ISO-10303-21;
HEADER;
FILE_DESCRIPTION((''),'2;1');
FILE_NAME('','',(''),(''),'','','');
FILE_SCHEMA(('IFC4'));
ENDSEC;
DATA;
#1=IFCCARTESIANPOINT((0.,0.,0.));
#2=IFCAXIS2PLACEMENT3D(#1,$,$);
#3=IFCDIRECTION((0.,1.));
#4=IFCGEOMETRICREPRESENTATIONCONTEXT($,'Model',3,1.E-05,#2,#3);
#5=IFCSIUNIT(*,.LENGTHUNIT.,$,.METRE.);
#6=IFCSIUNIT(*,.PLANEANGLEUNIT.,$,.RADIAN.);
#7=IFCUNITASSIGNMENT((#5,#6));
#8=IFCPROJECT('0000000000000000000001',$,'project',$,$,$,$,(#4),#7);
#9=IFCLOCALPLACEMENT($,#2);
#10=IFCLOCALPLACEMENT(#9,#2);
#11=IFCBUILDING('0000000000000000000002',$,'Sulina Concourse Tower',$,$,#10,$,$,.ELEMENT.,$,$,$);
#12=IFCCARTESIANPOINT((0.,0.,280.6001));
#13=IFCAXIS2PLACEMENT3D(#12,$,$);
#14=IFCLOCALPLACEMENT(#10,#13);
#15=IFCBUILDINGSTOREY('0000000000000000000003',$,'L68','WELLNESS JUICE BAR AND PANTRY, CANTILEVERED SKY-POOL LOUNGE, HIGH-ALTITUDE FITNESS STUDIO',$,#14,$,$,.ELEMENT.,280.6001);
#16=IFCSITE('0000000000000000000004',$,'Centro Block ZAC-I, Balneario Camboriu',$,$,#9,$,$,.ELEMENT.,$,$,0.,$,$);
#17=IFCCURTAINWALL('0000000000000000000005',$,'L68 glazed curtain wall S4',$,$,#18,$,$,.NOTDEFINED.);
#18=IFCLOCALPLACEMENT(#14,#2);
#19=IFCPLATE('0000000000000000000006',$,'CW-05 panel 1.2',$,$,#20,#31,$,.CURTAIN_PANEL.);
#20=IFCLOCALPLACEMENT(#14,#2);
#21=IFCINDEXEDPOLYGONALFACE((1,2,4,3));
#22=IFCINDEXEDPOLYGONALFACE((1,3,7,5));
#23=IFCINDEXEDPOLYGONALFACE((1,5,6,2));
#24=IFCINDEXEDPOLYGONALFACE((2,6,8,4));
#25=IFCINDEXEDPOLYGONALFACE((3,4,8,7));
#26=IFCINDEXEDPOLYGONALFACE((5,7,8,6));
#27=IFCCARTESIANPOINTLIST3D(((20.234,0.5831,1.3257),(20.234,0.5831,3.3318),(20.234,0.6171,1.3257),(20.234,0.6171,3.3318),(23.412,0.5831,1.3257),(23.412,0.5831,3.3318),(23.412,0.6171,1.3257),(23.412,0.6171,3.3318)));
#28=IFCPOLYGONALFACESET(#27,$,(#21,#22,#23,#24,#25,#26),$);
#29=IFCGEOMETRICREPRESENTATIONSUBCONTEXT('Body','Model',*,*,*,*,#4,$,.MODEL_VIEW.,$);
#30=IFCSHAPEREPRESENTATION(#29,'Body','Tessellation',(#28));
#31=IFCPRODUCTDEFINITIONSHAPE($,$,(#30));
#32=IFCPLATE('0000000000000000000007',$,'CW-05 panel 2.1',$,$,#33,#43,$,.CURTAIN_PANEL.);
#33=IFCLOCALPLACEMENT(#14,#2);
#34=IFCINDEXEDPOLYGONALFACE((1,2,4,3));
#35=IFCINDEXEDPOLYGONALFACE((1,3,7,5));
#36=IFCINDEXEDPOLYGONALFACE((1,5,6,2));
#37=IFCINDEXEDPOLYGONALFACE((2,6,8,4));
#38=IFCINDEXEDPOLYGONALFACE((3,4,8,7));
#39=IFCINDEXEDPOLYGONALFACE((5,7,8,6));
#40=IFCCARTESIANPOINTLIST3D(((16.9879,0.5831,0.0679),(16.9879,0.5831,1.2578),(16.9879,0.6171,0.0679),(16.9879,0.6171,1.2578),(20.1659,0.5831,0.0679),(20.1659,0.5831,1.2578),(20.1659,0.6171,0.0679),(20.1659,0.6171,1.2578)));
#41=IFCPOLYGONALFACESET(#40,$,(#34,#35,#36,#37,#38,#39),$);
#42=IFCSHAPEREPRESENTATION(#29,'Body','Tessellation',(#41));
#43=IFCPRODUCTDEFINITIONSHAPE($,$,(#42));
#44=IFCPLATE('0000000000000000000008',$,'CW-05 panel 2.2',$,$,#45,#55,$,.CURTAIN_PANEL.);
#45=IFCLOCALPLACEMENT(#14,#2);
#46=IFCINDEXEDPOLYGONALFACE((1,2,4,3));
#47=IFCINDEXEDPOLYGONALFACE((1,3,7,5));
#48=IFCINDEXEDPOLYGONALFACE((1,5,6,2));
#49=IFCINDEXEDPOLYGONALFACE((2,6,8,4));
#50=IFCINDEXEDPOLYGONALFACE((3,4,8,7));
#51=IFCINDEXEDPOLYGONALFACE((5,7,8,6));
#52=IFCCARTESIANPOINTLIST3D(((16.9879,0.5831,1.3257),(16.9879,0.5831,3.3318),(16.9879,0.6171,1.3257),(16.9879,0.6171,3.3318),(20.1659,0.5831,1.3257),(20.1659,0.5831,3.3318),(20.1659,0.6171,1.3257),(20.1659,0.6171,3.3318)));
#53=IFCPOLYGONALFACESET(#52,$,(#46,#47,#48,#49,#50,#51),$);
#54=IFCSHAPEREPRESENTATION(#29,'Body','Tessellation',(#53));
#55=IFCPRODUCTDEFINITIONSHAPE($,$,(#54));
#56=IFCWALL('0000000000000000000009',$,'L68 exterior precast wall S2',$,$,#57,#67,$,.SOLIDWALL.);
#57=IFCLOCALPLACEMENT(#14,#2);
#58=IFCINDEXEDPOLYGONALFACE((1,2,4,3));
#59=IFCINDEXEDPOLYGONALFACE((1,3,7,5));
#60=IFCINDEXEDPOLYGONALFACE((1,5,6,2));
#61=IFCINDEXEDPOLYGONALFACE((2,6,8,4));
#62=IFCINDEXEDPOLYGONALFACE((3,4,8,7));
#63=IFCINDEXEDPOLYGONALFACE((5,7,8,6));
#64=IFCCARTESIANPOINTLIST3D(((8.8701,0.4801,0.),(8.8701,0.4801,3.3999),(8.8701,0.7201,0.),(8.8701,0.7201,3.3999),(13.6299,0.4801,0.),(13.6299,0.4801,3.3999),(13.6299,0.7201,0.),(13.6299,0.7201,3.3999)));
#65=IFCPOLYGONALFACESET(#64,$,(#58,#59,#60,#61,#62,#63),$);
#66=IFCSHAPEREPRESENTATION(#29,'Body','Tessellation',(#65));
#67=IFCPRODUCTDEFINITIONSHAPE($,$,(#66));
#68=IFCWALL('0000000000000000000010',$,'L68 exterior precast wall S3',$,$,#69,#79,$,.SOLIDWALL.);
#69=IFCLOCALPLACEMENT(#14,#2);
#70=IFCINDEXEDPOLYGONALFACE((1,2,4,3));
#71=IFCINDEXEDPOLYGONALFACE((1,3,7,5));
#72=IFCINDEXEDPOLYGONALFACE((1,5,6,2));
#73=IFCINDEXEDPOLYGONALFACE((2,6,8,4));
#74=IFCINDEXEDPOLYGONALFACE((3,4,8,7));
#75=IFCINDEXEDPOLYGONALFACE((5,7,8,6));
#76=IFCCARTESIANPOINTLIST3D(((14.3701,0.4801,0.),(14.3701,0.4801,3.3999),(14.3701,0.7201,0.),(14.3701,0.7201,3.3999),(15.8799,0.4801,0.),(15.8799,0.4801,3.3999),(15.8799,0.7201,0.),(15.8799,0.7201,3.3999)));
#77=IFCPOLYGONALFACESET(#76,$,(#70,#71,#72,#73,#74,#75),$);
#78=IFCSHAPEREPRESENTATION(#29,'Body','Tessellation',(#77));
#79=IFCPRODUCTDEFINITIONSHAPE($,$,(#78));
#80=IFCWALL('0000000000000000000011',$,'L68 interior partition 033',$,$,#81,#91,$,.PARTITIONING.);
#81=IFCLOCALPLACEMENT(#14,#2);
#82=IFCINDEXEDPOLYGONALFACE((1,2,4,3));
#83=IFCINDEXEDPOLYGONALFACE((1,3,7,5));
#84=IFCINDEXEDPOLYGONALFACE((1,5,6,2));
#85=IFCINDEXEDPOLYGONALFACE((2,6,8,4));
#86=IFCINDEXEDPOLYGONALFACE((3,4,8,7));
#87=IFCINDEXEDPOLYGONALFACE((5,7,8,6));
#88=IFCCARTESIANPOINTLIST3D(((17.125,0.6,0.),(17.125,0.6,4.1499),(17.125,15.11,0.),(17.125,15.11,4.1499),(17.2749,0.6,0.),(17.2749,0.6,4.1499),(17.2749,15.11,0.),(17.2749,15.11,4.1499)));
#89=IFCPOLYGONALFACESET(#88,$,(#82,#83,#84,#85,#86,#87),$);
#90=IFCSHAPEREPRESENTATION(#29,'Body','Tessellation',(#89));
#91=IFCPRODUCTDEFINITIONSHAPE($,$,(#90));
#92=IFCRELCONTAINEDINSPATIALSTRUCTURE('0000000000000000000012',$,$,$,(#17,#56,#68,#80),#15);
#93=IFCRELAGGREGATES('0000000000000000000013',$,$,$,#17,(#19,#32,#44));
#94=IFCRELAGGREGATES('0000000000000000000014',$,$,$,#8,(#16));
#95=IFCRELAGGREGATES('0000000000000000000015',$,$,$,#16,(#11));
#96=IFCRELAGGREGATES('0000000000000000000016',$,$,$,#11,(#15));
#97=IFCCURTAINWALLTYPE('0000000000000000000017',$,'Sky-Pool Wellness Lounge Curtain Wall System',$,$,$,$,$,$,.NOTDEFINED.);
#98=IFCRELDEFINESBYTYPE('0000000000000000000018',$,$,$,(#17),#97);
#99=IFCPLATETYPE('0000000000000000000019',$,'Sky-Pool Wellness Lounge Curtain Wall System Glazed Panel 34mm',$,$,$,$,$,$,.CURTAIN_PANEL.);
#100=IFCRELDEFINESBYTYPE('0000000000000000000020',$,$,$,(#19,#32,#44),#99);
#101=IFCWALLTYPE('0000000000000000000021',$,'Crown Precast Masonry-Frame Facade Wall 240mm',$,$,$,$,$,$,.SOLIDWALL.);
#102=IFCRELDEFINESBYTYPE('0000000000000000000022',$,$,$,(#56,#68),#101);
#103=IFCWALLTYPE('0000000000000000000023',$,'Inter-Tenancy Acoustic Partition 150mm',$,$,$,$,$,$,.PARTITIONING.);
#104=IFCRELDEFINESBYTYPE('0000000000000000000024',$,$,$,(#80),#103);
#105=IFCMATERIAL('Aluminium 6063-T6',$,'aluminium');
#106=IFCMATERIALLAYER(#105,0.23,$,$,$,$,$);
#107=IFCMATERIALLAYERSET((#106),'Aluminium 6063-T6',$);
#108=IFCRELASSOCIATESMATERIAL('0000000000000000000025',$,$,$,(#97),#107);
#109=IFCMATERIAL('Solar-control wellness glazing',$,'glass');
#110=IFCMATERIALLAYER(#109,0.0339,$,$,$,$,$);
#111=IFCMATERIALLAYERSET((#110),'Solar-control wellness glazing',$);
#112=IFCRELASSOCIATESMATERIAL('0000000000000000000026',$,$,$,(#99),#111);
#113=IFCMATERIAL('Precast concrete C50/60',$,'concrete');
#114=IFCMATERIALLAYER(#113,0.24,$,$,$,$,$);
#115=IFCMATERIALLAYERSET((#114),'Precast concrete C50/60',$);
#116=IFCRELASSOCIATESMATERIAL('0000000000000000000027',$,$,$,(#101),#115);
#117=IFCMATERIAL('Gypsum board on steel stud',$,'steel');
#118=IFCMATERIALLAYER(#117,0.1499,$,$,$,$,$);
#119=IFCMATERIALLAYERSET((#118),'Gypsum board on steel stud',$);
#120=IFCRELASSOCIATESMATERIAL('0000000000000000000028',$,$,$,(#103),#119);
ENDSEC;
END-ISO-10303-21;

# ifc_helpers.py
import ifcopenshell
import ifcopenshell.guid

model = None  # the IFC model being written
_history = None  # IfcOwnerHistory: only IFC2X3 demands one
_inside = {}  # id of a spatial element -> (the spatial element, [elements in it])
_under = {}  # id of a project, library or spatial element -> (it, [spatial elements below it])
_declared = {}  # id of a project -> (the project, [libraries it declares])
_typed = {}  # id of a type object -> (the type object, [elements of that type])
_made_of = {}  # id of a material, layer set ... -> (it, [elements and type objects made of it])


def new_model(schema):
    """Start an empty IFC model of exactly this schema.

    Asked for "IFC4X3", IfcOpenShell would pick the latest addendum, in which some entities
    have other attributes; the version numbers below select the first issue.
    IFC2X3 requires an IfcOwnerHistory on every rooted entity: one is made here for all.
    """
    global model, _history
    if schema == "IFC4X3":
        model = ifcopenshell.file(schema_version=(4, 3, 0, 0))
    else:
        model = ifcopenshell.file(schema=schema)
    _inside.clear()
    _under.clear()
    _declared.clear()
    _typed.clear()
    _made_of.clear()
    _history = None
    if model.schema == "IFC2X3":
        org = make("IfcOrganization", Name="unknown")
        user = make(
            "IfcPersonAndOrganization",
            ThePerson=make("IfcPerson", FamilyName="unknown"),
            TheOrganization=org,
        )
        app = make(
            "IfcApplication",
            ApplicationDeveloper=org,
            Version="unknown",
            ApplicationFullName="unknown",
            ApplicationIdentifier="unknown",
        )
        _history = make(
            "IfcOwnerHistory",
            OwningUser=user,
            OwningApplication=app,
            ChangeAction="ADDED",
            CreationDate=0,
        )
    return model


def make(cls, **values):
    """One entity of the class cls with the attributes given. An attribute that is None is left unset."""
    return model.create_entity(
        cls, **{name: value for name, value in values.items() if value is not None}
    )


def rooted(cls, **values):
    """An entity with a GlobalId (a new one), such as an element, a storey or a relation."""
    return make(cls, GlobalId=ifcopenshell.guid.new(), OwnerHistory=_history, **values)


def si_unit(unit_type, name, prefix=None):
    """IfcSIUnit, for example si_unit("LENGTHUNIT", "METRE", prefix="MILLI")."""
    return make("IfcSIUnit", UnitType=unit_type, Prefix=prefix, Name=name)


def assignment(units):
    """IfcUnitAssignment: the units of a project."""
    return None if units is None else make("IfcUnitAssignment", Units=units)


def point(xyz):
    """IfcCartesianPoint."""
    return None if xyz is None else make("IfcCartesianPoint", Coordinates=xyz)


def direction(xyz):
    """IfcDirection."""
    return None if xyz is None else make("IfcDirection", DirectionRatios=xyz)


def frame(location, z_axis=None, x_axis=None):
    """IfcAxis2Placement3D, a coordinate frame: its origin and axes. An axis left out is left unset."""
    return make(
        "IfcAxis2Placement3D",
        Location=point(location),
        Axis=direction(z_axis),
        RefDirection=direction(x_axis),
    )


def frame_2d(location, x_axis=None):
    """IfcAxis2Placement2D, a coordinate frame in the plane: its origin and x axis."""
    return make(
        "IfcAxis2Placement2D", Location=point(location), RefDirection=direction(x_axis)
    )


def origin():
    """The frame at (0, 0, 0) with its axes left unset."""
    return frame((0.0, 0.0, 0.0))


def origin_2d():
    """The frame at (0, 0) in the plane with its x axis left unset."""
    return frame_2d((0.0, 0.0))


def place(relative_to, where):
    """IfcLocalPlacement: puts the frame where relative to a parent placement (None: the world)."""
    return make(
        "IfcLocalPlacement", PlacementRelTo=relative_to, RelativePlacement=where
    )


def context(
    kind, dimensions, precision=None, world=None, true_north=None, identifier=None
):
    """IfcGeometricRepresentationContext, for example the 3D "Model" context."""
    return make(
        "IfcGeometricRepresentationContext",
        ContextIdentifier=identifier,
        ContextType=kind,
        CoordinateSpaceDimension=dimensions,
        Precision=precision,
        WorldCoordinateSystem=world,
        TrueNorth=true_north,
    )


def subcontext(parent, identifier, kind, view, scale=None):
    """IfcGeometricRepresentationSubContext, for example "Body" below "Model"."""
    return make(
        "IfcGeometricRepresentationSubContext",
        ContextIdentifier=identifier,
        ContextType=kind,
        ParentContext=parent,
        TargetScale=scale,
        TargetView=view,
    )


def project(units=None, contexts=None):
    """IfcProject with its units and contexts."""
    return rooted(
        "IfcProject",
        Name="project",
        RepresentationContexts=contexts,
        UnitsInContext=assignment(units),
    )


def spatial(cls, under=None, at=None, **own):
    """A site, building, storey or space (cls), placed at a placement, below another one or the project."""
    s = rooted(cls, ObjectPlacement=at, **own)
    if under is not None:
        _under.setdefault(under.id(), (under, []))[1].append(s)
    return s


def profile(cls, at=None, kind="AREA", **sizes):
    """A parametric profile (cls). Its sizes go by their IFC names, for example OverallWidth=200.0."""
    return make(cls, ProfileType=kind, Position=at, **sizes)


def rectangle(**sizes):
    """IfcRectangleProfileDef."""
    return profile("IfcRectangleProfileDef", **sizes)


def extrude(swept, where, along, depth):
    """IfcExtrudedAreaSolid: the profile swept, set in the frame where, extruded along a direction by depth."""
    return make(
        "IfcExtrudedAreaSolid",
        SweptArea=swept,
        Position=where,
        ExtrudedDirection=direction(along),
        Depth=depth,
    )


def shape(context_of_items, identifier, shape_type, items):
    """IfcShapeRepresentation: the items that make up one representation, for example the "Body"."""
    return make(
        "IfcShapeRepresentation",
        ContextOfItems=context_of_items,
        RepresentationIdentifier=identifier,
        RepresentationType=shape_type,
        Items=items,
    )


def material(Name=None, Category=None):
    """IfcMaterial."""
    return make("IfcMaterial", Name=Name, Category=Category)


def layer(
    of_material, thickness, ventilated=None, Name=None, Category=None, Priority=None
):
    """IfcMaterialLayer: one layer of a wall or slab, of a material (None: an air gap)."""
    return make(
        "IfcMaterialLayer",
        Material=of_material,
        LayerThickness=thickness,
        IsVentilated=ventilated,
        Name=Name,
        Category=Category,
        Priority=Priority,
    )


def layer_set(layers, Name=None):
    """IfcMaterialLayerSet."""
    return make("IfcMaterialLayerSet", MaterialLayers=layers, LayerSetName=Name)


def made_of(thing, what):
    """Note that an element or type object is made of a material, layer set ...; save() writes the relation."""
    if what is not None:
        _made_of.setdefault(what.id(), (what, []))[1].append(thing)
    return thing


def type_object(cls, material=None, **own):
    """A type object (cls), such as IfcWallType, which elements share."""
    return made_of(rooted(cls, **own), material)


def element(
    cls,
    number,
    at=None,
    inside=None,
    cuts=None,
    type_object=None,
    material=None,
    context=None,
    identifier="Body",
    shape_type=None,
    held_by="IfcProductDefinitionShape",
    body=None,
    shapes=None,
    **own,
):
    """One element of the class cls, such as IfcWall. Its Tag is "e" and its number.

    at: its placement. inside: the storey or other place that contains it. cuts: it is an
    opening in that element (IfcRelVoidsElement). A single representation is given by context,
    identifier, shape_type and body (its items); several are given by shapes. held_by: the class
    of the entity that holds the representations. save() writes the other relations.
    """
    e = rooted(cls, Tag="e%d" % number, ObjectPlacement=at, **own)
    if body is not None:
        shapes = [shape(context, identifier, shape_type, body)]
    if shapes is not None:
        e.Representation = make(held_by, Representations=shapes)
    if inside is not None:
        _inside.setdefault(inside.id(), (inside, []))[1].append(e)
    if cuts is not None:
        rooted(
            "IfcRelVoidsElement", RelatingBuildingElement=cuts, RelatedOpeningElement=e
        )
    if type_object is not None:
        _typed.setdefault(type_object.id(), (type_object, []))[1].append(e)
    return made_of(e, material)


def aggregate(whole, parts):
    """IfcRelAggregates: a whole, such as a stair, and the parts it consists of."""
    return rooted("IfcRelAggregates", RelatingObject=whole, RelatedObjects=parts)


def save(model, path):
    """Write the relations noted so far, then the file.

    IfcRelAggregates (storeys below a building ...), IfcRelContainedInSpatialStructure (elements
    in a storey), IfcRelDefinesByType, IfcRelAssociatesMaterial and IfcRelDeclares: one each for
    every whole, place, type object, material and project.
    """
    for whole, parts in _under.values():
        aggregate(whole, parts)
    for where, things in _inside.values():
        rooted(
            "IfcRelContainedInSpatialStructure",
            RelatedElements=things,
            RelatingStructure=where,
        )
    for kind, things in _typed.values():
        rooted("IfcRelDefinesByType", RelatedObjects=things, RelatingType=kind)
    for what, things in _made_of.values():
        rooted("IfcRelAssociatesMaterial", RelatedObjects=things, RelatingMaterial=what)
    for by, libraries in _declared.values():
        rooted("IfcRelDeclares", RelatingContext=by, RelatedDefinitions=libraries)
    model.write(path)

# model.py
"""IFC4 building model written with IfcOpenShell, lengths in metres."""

from ifc_helpers import new_model, si_unit, direction, frame, frame_2d, origin, origin_2d, place, context, subcontext, project, spatial, rectangle, extrude, material, layer, layer_set, type_object, element, aggregate, save


model = new_model("IFC4")

# Units and contexts
model_context = context("Model", 3, precision=1e-05, world=origin(), true_north=direction((0.0, 1.0)))
body_context = subcontext(model_context, "Body", "Model", "MODEL_VIEW")
ifc_project = project(units=[si_unit("LENGTHUNIT", "METRE"), si_unit("PLANEANGLEUNIT", "RADIAN")], contexts=[model_context])

# Site, building, storey
site_placement = place(None, origin())
site = spatial("IfcSite", under=ifc_project, at=site_placement, Name="Centro Block ZAC-I, Balneario Camboriu", CompositionType="ELEMENT", RefElevation=0.0)
building_placement = place(site_placement, origin())
building = spatial("IfcBuilding", under=site, at=building_placement, Name="Sulina Concourse Tower", CompositionType="ELEMENT")
storey_placement = place(building_placement, frame((0.0, 0.0, 280.6001)))
storey = spatial("IfcBuildingStorey", under=building, at=storey_placement, Name="L68", Description="WELLNESS JUICE BAR AND PANTRY, CANTILEVERED SKY-POOL LOUNGE, HIGH-ALTITUDE FITNESS STUDIO", CompositionType="ELEMENT", Elevation=280.6001)

# Curtain wall
ifc_material_1 = material(Name="Aluminium 6063-T6", Category="aluminium")
ifc_layer_1 = layer(ifc_material_1, 0.23)
ifc_layer_set_1 = layer_set([ifc_layer_1], Name="Aluminium 6063-T6")
curtain_wall_type = type_object("IfcCurtainWallType", Name="Sky-Pool Wellness Lounge Curtain Wall System", PredefinedType="NOTDEFINED", material=ifc_layer_set_1)
curtain_wall_placement = place(storey_placement, origin())
curtain_wall = element("IfcCurtainWall", 1, at=curtain_wall_placement, inside=storey, type_object=curtain_wall_type, Name="L68 glazed curtain wall S4", PredefinedType="NOTDEFINED")

# Plates
ifc_material_2 = material(Name="Solar-control wellness glazing", Category="glass")
ifc_layer_2 = layer(ifc_material_2, 0.0339)
ifc_layer_set_2 = layer_set([ifc_layer_2], Name="Solar-control wellness glazing")
plate_type = type_object("IfcPlateType", Name="Sky-Pool Wellness Lounge Curtain Wall System Glazed Panel 34mm", PredefinedType="CURTAIN_PANEL", material=ifc_layer_set_2)
plate_1_placement = place(storey_placement, frame((21.823, 0.6001, 1.3257), z_axis=(0.0, 0.0, 1.0), x_axis=(-1.0, 0.0, 0.0)))
plate_1 = element("IfcPlate", 2, at=plate_1_placement, type_object=plate_type, Name="CW-05 panel 1.2", PredefinedType="CURTAIN_PANEL", context=body_context, shape_type="SweptSolid", body=[
    extrude(rectangle(XDim=3.178, YDim=0.0339, at=origin_2d()), origin(), (0.0, 0.0, 1.0), 2.0061),
])
plate_2_placement = place(storey_placement, frame((18.5769, 0.6001, 0.0679), z_axis=(0.0, 0.0, 1.0), x_axis=(-1.0, 0.0, 0.0)))
plate_2 = element("IfcPlate", 3, at=plate_2_placement, type_object=plate_type, Name="CW-05 panel 2.1", PredefinedType="CURTAIN_PANEL", context=body_context, shape_type="SweptSolid", body=[
    extrude(rectangle(XDim=3.178, YDim=0.0339, at=origin_2d()), origin(), (0.0, 0.0, 1.0), 1.1899),
])
plate_3_placement = place(storey_placement, frame((18.5769, 0.6001, 1.3257), z_axis=(0.0, 0.0, 1.0), x_axis=(-1.0, 0.0, 0.0)))
plate_3 = element("IfcPlate", 4, at=plate_3_placement, type_object=plate_type, Name="CW-05 panel 2.2", PredefinedType="CURTAIN_PANEL", context=body_context, shape_type="SweptSolid", body=[
    extrude(rectangle(XDim=3.178, YDim=0.0339, at=origin_2d()), origin(), (0.0, 0.0, 1.0), 2.0061),
])
aggregate(curtain_wall, [plate_1, plate_2, plate_3])

# Walls
ifc_material_3 = material(Name="Precast concrete C50/60", Category="concrete")
ifc_layer_3 = layer(ifc_material_3, 0.24)
ifc_layer_set_3 = layer_set([ifc_layer_3], Name="Precast concrete C50/60")
wall_type_1 = type_object("IfcWallType", Name="Crown Precast Masonry-Frame Facade Wall 240mm", PredefinedType="SOLIDWALL", material=ifc_layer_set_3)
wall_1_placement = place(storey_placement, frame((13.6299, 0.6001, 0.0), z_axis=(0.0, 0.0, 1.0), x_axis=(-1.0, 0.0, 0.0)))
element("IfcWall", 5, at=wall_1_placement, inside=storey, type_object=wall_type_1, Name="L68 exterior precast wall S2", PredefinedType="SOLIDWALL", context=body_context, shape_type="SweptSolid", body=[
    extrude(rectangle(XDim=4.7598, YDim=0.24, at=frame_2d((2.3799, 0.0))), origin(), (0.0, 0.0, 1.0), 3.3999),
])
wall_2_placement = place(storey_placement, frame((15.8799, 0.6001, 0.0), z_axis=(0.0, 0.0, 1.0), x_axis=(-1.0, 0.0, 0.0)))
element("IfcWall", 6, at=wall_2_placement, inside=storey, type_object=wall_type_1, Name="L68 exterior precast wall S3", PredefinedType="SOLIDWALL", context=body_context, shape_type="SweptSolid", body=[
    extrude(rectangle(XDim=1.5098, YDim=0.24, at=frame_2d((0.7549, 0.0))), origin(), (0.0, 0.0, 1.0), 3.3999),
])
ifc_material_4 = material(Name="Gypsum board on steel stud", Category="steel")
ifc_layer_4 = layer(ifc_material_4, 0.1499)
ifc_layer_set_4 = layer_set([ifc_layer_4], Name="Gypsum board on steel stud")
wall_type_2 = type_object("IfcWallType", Name="Inter-Tenancy Acoustic Partition 150mm", PredefinedType="PARTITIONING", material=ifc_layer_set_4)
wall_3_placement = place(storey_placement, frame((17.2, 0.6001, 0.0), z_axis=(0.0, 0.0, 1.0), x_axis=(0.0, 1.0, 0.0)))
element("IfcWall", 7, at=wall_3_placement, inside=storey, type_object=wall_type_2, Name="L68 interior partition 033", PredefinedType="PARTITIONING", context=body_context, shape_type="SweptSolid", body=[
    extrude(rectangle(XDim=14.51, YDim=0.1499, at=frame_2d((7.2549, 0.0))), origin(), (0.0, 0.0, 1.0), 4.1499),
])

save(model, "model.ifc")
